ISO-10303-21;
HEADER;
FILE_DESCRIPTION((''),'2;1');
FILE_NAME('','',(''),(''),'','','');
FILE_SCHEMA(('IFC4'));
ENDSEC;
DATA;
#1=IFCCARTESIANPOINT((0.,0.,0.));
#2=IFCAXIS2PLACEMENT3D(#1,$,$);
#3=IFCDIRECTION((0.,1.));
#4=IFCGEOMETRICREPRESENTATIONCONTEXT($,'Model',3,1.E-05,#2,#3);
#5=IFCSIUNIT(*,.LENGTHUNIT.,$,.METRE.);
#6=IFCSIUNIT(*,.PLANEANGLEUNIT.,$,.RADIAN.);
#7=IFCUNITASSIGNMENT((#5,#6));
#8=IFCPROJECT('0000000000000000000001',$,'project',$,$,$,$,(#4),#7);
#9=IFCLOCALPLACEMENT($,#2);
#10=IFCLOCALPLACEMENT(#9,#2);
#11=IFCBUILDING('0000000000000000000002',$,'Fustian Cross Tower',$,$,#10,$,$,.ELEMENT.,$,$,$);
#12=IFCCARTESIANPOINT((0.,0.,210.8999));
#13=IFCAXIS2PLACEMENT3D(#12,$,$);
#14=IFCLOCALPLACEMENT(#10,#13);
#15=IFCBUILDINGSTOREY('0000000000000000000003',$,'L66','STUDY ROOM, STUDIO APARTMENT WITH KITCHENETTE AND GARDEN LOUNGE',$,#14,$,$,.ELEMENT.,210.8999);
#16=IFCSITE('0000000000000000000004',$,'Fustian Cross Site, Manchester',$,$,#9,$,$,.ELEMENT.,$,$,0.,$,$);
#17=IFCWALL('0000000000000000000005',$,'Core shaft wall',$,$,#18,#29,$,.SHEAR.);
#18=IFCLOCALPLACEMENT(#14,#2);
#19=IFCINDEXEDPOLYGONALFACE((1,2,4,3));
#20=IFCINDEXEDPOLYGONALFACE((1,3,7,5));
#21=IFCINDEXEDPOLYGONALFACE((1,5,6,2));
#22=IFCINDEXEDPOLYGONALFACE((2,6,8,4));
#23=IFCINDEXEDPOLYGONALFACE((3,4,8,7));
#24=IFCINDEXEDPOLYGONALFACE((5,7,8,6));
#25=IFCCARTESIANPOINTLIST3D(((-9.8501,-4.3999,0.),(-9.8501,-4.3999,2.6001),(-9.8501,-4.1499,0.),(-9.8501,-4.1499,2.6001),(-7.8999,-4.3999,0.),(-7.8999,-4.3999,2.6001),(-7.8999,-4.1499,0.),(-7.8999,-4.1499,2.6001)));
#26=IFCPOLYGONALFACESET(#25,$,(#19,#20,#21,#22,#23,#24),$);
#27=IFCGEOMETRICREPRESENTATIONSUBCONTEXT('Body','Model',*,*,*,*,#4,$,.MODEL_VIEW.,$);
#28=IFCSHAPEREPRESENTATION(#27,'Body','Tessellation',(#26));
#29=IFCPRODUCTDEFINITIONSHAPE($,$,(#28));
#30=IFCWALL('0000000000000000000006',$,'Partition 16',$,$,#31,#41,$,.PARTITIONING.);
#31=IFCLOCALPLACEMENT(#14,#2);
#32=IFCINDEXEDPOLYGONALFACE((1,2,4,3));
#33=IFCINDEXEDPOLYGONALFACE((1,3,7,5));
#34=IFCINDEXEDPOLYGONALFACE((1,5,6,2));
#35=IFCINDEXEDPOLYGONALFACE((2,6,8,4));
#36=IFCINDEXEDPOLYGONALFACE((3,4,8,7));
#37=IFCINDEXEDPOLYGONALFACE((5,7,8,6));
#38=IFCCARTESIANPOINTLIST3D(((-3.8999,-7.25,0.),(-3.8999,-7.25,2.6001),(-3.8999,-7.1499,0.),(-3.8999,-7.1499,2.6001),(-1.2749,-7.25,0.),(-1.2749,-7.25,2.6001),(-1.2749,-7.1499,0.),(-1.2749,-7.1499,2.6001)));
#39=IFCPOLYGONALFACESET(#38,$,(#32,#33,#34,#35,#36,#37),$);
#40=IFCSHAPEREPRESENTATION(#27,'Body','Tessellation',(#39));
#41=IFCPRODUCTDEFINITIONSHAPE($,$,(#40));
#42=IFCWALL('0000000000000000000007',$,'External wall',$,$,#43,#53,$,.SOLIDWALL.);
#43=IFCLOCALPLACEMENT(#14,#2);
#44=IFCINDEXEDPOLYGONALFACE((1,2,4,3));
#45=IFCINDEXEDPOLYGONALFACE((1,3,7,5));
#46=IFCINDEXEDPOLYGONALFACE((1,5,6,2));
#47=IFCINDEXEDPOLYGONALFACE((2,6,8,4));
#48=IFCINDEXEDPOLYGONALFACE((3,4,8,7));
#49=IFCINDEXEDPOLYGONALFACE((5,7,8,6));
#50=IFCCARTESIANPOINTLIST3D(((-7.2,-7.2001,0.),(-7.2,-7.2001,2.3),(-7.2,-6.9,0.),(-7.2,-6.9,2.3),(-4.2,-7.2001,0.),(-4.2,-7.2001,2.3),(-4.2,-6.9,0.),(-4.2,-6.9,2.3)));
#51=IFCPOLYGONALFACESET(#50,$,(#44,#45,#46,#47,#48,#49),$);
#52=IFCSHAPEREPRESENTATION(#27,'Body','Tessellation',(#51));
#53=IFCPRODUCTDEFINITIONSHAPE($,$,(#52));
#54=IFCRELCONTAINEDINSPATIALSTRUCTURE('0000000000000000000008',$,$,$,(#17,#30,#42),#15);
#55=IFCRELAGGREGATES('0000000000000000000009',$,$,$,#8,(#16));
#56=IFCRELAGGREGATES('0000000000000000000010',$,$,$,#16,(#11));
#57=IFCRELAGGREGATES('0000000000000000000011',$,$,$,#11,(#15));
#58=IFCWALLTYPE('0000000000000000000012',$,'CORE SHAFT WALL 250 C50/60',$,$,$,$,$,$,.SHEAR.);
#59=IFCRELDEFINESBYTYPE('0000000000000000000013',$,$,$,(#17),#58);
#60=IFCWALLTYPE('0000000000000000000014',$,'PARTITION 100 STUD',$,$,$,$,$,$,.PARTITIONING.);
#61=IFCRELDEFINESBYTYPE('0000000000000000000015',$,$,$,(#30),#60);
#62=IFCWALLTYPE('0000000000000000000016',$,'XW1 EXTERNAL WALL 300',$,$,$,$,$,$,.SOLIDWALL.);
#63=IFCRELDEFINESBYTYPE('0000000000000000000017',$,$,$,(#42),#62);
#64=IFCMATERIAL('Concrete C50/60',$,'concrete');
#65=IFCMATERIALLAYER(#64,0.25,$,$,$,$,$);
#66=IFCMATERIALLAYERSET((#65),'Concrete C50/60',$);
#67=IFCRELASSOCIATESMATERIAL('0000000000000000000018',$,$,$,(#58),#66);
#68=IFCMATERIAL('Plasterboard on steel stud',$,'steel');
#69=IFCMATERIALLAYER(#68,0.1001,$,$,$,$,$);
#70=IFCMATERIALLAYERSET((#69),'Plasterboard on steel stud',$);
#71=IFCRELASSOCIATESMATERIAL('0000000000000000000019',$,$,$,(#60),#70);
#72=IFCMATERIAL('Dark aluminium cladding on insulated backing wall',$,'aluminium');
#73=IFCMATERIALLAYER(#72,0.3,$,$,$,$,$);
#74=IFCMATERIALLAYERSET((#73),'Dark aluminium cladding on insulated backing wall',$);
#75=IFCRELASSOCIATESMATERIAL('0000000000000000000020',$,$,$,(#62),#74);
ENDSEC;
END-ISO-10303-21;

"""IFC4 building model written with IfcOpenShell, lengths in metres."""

from ifc_helpers import new_model, si_unit, direction, frame, frame_2d, origin, place, context, subcontext, project, spatial, rectangle, extrude, material, layer, layer_set, type_object, element, save


model = new_model("IFC4")

# Units and contexts
model_context = context("Model", 3, precision=1e-05, world=origin(), true_north=direction((0.0, 1.0)))
body_context = subcontext(model_context, "Body", "Model", "MODEL_VIEW")
ifc_project = project(units=[si_unit("LENGTHUNIT", "METRE"), si_unit("PLANEANGLEUNIT", "RADIAN")], contexts=[model_context])

# Site, building, storey
site_placement = place(None, origin())
site = spatial("IfcSite", under=ifc_project, at=site_placement, Name="Fustian Cross Site, Manchester", CompositionType="ELEMENT", RefElevation=0.0)
building_placement = place(site_placement, origin())
building = spatial("IfcBuilding", under=site, at=building_placement, Name="Fustian Cross Tower", CompositionType="ELEMENT")
storey_placement = place(building_placement, frame((0.0, 0.0, 210.8999)))
storey = spatial("IfcBuildingStorey", under=building, at=storey_placement, Name="L66", Description="STUDY ROOM, STUDIO APARTMENT WITH KITCHENETTE AND GARDEN LOUNGE", CompositionType="ELEMENT", Elevation=210.8999)

# Walls
ifc_material_1 = material(Name="Concrete C50/60", Category="concrete")
ifc_layer_1 = layer(ifc_material_1, 0.25)
ifc_layer_set_1 = layer_set([ifc_layer_1], Name="Concrete C50/60")
wall_type_1 = type_object("IfcWallType", Name="CORE SHAFT WALL 250 C50/60", PredefinedType="SHEAR", material=ifc_layer_set_1)
wall_1_placement = place(storey_placement, frame((-7.8999, -4.2749, 0.0), z_axis=(0.0, 0.0, 1.0), x_axis=(-1.0, 0.0, 0.0)))
element("IfcWall", 1, at=wall_1_placement, inside=storey, type_object=wall_type_1, Name="Core shaft wall", PredefinedType="SHEAR", context=body_context, shape_type="SweptSolid", body=[
    extrude(rectangle(XDim=1.9502, YDim=0.25, at=frame_2d((0.9751, 0.0))), origin(), (0.0, 0.0, 1.0), 2.6001),
])
ifc_material_2 = material(Name="Plasterboard on steel stud", Category="steel")
ifc_layer_2 = layer(ifc_material_2, 0.1001)
ifc_layer_set_2 = layer_set([ifc_layer_2], Name="Plasterboard on steel stud")
wall_type_2 = type_object("IfcWallType", Name="PARTITION 100 STUD", PredefinedType="PARTITIONING", material=ifc_layer_set_2)
wall_2_placement = place(storey_placement, frame((-3.8999, -7.2, 0.0), z_axis=(0.0, 0.0, 1.0), x_axis=(1.0, 0.0, 0.0)))
element("IfcWall", 2, at=wall_2_placement, inside=storey, type_object=wall_type_2, Name="Partition 16", PredefinedType="PARTITIONING", context=body_context, shape_type="SweptSolid", body=[
    extrude(rectangle(XDim=2.625, YDim=0.1001, at=frame_2d((1.3125, 0.0))), origin(), (0.0, 0.0, 1.0), 2.6001),
])
ifc_material_3 = material(Name="Dark aluminium cladding on insulated backing wall", Category="aluminium")
ifc_layer_3 = layer(ifc_material_3, 0.3)
ifc_layer_set_3 = layer_set([ifc_layer_3], Name="Dark aluminium cladding on insulated backing wall")
wall_type_3 = type_object("IfcWallType", Name="XW1 EXTERNAL WALL 300", PredefinedType="SOLIDWALL", material=ifc_layer_set_3)
wall_3_placement = place(storey_placement, frame((-7.2, -7.05, 0.0), z_axis=(0.0, 0.0, 1.0), x_axis=(1.0, 0.0, 0.0)))
element("IfcWall", 3, at=wall_3_placement, inside=storey, type_object=wall_type_3, Name="External wall", PredefinedType="SOLIDWALL", context=body_context, shape_type="SweptSolid", body=[
    extrude(rectangle(XDim=3.0, YDim=0.3, at=frame_2d((1.5, 0.0))), origin(), (0.0, 0.0, 1.0), 2.3),
])

save(model, "model.ifc")
